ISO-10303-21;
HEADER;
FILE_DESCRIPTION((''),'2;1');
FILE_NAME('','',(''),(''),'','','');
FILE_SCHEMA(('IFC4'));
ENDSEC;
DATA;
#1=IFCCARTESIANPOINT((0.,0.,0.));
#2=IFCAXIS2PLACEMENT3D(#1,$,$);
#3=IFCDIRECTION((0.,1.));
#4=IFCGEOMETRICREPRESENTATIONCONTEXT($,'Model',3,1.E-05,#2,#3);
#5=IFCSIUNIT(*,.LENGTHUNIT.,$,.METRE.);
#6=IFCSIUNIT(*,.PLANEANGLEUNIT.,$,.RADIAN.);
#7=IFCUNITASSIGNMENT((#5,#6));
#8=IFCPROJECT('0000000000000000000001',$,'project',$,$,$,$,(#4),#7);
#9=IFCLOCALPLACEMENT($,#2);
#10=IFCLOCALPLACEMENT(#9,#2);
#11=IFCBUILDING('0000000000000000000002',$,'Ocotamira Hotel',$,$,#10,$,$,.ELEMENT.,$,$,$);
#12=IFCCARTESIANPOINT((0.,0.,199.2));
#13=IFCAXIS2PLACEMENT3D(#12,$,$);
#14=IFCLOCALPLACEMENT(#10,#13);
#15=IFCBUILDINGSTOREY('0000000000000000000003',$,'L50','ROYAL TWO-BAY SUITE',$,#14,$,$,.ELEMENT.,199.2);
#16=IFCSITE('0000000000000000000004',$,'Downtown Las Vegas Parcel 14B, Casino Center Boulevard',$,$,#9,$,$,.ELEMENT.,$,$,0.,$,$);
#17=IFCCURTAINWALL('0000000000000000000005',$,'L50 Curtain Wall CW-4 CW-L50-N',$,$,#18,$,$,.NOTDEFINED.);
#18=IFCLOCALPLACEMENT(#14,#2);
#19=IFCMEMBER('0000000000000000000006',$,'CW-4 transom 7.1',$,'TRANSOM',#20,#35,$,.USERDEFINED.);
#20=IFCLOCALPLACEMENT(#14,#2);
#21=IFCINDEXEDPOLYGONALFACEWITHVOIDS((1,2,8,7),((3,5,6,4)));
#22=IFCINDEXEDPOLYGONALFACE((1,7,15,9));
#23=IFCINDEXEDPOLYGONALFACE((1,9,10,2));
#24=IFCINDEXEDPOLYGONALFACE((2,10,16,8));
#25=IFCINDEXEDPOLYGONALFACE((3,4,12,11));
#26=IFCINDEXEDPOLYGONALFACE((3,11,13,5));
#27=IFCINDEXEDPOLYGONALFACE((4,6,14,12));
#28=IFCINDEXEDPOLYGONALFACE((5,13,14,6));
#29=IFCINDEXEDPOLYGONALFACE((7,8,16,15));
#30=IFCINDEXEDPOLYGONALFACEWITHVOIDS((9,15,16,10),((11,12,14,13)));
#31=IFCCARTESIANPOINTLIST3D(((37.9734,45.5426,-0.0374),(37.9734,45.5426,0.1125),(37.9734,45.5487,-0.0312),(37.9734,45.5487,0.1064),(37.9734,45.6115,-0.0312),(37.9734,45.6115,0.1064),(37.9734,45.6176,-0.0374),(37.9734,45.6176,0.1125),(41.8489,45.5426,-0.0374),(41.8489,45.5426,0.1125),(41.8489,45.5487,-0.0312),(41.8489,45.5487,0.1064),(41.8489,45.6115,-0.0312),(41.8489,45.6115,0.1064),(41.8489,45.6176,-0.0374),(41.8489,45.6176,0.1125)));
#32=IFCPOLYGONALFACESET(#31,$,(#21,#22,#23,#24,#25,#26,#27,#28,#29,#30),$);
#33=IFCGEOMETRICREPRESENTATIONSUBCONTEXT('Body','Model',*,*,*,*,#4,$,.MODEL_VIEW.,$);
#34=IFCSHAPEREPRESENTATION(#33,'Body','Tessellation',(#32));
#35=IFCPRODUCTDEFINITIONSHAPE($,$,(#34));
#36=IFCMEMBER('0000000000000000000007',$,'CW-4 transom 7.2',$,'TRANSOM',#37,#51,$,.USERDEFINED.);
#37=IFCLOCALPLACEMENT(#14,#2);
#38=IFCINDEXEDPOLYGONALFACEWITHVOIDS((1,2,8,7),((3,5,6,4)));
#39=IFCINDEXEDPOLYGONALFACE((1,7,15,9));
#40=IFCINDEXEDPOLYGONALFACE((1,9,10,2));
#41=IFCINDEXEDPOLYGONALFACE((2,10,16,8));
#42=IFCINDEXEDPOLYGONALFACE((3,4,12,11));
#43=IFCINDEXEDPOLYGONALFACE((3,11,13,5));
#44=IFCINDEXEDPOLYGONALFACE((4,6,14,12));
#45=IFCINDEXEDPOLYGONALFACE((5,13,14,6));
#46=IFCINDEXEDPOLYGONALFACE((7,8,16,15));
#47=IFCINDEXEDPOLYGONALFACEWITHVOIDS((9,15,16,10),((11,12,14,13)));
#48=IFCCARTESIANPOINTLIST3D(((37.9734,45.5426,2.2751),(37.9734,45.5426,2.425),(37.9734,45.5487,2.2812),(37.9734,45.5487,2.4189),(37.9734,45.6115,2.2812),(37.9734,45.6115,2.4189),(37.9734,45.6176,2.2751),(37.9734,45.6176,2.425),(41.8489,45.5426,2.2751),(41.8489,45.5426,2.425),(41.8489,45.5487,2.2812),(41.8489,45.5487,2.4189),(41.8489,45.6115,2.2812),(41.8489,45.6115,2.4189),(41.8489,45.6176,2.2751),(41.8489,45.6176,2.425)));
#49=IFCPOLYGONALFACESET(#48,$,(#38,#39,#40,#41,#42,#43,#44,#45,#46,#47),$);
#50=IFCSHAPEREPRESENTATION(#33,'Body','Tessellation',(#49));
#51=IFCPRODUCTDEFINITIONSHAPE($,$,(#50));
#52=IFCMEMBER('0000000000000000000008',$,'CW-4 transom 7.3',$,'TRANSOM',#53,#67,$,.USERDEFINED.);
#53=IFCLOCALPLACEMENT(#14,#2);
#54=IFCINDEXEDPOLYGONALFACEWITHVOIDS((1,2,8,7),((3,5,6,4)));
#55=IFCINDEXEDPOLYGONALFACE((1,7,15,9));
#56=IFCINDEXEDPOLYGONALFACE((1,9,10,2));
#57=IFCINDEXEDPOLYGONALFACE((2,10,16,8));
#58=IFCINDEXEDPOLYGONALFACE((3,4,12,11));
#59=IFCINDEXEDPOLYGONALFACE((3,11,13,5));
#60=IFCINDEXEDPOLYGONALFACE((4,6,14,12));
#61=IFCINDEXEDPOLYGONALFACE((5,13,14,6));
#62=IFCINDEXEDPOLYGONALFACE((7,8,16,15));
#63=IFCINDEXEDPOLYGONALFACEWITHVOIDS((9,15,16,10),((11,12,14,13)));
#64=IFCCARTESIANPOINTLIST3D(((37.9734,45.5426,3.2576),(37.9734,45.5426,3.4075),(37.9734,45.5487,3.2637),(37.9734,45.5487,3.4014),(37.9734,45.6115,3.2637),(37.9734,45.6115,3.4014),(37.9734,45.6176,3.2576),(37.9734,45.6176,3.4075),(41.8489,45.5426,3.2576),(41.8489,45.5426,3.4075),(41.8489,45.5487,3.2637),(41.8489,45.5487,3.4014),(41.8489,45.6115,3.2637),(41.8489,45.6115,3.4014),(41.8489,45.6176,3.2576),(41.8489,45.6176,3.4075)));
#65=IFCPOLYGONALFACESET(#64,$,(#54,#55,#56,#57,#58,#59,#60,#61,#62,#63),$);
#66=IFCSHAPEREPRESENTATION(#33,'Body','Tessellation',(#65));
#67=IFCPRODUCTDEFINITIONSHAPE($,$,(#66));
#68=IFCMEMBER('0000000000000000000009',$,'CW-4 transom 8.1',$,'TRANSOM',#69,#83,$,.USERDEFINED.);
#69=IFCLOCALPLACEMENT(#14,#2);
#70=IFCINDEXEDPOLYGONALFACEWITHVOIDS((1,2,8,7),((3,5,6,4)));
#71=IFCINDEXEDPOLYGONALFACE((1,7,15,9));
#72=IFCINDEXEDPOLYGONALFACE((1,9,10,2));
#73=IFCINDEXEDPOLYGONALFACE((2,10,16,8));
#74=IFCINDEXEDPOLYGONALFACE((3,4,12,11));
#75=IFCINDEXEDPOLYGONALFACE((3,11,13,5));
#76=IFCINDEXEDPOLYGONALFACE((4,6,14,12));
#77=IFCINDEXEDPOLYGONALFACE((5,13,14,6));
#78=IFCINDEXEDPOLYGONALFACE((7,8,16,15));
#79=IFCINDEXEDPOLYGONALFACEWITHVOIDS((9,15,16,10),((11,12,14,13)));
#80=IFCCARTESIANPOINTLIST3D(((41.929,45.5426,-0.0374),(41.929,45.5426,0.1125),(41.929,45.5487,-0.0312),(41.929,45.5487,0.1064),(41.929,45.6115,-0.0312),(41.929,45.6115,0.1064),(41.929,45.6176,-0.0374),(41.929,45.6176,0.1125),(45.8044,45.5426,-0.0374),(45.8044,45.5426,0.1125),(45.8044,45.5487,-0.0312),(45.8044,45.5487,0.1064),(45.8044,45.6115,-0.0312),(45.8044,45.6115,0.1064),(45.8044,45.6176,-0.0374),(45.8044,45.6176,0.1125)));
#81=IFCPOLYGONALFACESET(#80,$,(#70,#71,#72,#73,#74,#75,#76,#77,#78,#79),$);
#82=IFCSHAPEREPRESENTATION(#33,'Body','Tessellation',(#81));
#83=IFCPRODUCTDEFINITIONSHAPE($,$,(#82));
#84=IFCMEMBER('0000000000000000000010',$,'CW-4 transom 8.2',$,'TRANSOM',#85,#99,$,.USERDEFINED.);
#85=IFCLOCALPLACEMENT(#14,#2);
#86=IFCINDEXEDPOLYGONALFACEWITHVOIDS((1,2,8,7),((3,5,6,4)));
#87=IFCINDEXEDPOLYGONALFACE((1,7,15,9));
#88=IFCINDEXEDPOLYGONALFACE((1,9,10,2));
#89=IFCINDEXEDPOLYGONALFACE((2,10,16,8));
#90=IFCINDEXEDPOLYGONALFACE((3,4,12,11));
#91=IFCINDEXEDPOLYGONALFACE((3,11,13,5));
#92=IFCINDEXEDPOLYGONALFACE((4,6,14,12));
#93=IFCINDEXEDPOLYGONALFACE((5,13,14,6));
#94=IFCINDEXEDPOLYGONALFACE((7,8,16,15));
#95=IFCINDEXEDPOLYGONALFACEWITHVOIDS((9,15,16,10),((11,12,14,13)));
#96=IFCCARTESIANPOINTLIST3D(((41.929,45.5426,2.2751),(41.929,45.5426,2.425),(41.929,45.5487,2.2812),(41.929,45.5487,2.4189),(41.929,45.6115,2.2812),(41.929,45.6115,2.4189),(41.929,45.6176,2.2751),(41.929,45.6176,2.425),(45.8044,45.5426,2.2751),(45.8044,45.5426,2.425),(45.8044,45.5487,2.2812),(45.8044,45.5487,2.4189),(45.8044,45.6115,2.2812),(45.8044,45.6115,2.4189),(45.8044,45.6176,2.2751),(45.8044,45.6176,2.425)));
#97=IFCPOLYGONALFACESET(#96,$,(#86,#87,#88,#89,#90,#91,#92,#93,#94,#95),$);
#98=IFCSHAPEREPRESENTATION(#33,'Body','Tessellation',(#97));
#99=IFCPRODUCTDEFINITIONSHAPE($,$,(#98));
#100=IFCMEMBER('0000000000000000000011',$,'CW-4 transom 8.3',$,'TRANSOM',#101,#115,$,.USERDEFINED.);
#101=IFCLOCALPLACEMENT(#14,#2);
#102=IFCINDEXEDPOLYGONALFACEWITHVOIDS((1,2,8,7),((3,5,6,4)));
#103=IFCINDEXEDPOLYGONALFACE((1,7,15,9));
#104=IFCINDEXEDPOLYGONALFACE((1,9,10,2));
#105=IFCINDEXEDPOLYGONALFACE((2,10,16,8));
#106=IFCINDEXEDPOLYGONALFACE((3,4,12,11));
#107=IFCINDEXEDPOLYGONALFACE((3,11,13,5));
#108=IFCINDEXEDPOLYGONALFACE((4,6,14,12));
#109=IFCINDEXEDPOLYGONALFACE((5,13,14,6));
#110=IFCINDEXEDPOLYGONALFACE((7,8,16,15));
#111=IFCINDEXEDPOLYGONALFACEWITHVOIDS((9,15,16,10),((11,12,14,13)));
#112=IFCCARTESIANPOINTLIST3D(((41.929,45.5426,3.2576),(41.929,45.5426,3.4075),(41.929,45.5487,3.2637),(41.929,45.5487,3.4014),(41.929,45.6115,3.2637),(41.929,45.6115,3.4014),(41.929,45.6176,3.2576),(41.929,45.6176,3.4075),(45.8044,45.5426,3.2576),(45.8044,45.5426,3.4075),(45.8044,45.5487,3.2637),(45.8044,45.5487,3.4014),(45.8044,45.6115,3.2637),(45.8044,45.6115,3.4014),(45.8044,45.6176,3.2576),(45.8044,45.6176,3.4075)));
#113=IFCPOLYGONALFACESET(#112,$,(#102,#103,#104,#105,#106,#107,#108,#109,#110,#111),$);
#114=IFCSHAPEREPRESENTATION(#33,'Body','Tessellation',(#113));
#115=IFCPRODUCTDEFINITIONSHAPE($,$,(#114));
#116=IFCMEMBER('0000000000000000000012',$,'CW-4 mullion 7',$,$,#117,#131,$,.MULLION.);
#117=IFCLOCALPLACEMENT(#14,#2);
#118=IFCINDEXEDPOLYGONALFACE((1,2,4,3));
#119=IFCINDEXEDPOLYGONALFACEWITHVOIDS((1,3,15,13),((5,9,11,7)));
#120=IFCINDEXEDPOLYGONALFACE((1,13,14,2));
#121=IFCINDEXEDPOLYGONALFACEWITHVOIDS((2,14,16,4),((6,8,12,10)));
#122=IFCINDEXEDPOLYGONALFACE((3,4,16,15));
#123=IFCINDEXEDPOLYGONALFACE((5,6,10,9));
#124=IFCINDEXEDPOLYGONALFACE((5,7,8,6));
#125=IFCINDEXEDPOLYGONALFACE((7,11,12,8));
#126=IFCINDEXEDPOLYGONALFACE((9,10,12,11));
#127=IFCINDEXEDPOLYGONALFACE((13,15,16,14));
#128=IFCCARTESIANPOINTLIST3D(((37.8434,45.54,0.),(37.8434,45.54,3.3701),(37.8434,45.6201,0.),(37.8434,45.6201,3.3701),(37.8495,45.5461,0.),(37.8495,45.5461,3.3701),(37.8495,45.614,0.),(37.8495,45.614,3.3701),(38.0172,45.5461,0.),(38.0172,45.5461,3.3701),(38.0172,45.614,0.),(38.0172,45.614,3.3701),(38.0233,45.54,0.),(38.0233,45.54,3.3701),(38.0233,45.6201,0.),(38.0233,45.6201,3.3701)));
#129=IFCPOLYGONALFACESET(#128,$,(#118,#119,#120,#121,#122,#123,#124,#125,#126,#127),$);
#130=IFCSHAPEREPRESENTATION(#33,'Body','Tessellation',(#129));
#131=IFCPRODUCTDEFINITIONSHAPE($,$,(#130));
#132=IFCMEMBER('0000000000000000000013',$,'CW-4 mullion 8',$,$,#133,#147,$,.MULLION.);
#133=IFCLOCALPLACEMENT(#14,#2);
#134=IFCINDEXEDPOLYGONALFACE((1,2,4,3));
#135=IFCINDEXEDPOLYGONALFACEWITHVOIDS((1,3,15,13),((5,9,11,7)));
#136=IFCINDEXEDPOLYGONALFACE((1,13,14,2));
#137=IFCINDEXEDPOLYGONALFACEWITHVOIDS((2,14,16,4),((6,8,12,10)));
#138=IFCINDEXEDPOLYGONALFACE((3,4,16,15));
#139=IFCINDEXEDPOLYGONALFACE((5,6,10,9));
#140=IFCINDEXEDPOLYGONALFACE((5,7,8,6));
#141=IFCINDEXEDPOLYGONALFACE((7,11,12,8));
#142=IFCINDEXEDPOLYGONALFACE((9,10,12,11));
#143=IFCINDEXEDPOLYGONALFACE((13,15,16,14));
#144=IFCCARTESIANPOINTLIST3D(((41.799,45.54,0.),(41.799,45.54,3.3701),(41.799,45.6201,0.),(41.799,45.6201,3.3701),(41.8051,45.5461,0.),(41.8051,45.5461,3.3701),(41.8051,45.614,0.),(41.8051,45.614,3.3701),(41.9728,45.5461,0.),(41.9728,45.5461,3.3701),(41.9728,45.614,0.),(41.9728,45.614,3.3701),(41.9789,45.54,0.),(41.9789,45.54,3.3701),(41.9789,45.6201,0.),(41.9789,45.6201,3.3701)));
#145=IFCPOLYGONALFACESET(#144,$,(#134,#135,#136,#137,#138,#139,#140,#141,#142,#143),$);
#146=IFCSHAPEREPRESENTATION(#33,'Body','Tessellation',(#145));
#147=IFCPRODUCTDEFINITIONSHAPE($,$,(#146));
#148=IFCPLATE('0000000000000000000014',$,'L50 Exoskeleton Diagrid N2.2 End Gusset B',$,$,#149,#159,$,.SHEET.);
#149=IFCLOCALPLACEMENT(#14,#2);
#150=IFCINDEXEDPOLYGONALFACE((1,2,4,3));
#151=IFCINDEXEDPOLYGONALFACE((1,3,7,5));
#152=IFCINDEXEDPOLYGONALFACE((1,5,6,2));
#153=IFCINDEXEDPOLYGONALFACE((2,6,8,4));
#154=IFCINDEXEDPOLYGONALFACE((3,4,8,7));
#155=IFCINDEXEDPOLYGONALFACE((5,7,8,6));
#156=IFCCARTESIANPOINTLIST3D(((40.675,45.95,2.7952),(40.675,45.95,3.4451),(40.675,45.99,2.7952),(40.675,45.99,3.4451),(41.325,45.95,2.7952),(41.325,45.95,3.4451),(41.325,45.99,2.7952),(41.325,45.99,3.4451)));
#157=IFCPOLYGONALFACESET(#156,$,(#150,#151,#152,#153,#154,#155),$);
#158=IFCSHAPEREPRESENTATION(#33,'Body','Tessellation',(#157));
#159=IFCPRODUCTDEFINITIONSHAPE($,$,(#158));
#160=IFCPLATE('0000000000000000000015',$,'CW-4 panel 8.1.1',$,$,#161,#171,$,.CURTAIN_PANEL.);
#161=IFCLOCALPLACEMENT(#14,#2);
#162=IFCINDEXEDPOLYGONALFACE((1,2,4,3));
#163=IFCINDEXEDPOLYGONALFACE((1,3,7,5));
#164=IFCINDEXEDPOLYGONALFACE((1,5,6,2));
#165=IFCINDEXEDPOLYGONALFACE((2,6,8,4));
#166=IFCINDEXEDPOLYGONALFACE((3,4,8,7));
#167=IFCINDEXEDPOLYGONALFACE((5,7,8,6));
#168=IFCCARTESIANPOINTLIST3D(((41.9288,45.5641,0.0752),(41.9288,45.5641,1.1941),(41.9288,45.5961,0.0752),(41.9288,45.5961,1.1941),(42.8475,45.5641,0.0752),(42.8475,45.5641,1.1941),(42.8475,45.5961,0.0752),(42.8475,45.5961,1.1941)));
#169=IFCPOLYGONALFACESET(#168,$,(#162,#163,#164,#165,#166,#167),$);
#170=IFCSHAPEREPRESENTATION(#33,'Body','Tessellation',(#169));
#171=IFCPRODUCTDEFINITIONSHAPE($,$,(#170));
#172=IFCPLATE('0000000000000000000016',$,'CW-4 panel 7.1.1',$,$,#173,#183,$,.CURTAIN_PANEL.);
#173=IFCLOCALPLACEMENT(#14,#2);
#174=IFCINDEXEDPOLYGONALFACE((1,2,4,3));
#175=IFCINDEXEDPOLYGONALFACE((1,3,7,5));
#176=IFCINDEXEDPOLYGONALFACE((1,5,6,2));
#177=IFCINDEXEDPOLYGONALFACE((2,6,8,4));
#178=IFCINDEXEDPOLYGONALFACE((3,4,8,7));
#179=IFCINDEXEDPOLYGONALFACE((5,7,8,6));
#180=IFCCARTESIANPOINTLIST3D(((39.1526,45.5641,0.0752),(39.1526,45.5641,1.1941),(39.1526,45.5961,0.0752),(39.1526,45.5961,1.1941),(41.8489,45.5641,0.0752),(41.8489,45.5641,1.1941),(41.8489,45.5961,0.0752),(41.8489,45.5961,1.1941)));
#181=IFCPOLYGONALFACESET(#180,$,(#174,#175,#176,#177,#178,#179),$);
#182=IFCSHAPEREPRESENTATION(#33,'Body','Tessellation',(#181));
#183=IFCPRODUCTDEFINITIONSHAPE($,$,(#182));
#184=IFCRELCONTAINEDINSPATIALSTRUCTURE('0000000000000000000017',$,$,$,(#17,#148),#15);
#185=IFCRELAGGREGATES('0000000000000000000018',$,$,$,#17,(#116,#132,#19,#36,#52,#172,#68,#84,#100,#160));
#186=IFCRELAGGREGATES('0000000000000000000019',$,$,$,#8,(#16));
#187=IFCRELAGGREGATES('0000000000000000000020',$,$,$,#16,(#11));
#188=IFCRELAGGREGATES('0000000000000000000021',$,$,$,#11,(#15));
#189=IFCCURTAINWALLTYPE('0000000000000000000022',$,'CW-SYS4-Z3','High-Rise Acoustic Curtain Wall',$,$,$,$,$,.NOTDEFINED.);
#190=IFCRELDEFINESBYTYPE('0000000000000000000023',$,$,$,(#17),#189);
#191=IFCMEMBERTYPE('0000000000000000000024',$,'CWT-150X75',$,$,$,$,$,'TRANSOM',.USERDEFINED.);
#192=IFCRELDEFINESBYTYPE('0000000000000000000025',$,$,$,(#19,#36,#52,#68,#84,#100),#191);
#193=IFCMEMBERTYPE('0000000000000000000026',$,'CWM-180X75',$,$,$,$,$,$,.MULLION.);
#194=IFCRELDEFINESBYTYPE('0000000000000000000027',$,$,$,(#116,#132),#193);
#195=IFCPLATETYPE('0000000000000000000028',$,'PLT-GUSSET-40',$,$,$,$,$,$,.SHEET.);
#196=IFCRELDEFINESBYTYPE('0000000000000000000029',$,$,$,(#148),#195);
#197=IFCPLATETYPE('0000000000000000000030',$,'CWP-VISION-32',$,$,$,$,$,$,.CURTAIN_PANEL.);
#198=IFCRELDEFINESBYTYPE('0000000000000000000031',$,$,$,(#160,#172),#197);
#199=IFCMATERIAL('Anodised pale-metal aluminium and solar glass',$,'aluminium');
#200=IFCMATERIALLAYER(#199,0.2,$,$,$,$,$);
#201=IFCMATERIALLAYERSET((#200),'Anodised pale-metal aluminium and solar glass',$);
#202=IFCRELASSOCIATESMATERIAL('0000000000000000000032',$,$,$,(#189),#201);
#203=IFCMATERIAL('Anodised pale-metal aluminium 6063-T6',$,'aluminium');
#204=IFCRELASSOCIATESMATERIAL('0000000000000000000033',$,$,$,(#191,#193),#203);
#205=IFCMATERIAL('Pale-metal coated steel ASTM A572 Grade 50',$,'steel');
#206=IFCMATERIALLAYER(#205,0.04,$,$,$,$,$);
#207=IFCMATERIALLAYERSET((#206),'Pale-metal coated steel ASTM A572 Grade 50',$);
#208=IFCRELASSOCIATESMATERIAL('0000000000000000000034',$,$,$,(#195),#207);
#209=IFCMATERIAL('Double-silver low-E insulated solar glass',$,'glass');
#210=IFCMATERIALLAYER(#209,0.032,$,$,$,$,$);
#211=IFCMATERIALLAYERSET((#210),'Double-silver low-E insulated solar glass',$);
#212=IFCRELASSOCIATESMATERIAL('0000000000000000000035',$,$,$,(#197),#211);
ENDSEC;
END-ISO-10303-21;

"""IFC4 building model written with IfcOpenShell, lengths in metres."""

from ifc_helpers import new_model, si_unit, direction, frame, origin, origin_2d, place, context, subcontext, project, spatial, rectangle, hollow_rectangle, extrude, source, transform, mapped, material, layer, layer_set, material_profile, profile_set, type_object, element, aggregate, save


model = new_model("IFC4")

# Units and contexts
model_context = context("Model", 3, precision=1e-05, world=origin(), true_north=direction((0.0, 1.0)))
body_context = subcontext(model_context, "Body", "Model", "MODEL_VIEW")
ifc_project = project(units=[si_unit("LENGTHUNIT", "METRE"), si_unit("PLANEANGLEUNIT", "RADIAN")], contexts=[model_context])

# Site, building, storey
site_placement = place(None, origin())
site = spatial("IfcSite", under=ifc_project, at=site_placement, Name="Downtown Las Vegas Parcel 14B, Casino Center Boulevard", CompositionType="ELEMENT", RefElevation=0.0)
building_placement = place(site_placement, origin())
building = spatial("IfcBuilding", under=site, at=building_placement, Name="Ocotamira Hotel", CompositionType="ELEMENT")
storey_placement = place(building_placement, frame((0.0, 0.0, 199.2)))
storey = spatial("IfcBuildingStorey", under=building, at=storey_placement, Name="L50", Description="ROYAL TWO-BAY SUITE", CompositionType="ELEMENT", Elevation=199.2)

# Curtain wall, members
ifc_material_1 = material(Name="Anodised pale-metal aluminium and solar glass", Category="aluminium")
ifc_layer_1 = layer(ifc_material_1, 0.2)
ifc_layer_set_1 = layer_set([ifc_layer_1], Name="Anodised pale-metal aluminium and solar glass")
curtain_wall_type = type_object("IfcCurtainWallType", Name="CW-SYS4-Z3", Description="High-Rise Acoustic Curtain Wall", PredefinedType="NOTDEFINED", material=ifc_layer_set_1)
curtain_wall_placement = place(storey_placement, origin())
curtain_wall = element("IfcCurtainWall", 1, at=curtain_wall_placement, inside=storey, type_object=curtain_wall_type, Name="L50 Curtain Wall CW-4 CW-L50-N", PredefinedType="NOTDEFINED")
ifc_material_2 = material(Name="Anodised pale-metal aluminium 6063-T6", Category="aluminium")
ifc_material_profile_1 = material_profile(ifc_material_2, hollow_rectangle(XDim=0.075, YDim=0.1499, WallThickness=0.0061, at=origin_2d()), Name="HSS150X75X6")
ifc_profile_set_1 = profile_set([ifc_material_profile_1], Name="Anodised pale-metal aluminium 6063-T6")
member_type_1 = type_object("IfcMemberType", Name="CWT-150X75", ElementType="TRANSOM", PredefinedType="USERDEFINED", material=ifc_profile_set_1)
shared_shape_1 = source(origin(), body_context, "Body", "SweptSolid", [
    extrude(hollow_rectangle(XDim=0.075, YDim=0.1499, WallThickness=0.0061, at=origin_2d()), origin(), (0.0, 0.0, 1.0), 3.8755),
])
member_1_placement = place(storey_placement, frame((37.9734, 45.5801, 0.0376), z_axis=(1.0, 0.0, 0.0), x_axis=(0.0, 1.0, 0.0)))
member_1 = element("IfcMember", 2, at=member_1_placement, type_object=member_type_1, Name="CW-4 transom 7.1", ObjectType="TRANSOM", PredefinedType="USERDEFINED", context=body_context, shape_type="MappedRepresentation", body=[
    mapped(shared_shape_1, transform((0.0, 0.0, 0.0), scale=1.0)),
])
member_2_placement = place(storey_placement, frame((37.9734, 45.5801, 2.3501), z_axis=(1.0, 0.0, 0.0), x_axis=(0.0, 1.0, 0.0)))
member_2 = element("IfcMember", 3, at=member_2_placement, type_object=member_type_1, Name="CW-4 transom 7.2", ObjectType="TRANSOM", PredefinedType="USERDEFINED", context=body_context, shape_type="MappedRepresentation", body=[
    mapped(shared_shape_1, transform((0.0, 0.0, 0.0), scale=1.0)),
])
member_3_placement = place(storey_placement, frame((37.9734, 45.5801, 3.3325), z_axis=(1.0, 0.0, 0.0), x_axis=(0.0, 1.0, 0.0)))
member_3 = element("IfcMember", 4, at=member_3_placement, type_object=member_type_1, Name="CW-4 transom 7.3", ObjectType="TRANSOM", PredefinedType="USERDEFINED", context=body_context, shape_type="MappedRepresentation", body=[
    mapped(shared_shape_1, transform((0.0, 0.0, 0.0), scale=1.0)),
])
member_4_placement = place(storey_placement, frame((41.929, 45.5801, 0.0376), z_axis=(1.0, 0.0, 0.0), x_axis=(0.0, 1.0, 0.0)))
member_4 = element("IfcMember", 5, at=member_4_placement, type_object=member_type_1, Name="CW-4 transom 8.1", ObjectType="TRANSOM", PredefinedType="USERDEFINED", context=body_context, shape_type="MappedRepresentation", body=[
    mapped(shared_shape_1, transform((0.0, 0.0, 0.0), scale=1.0)),
])
member_5_placement = place(storey_placement, frame((41.929, 45.5801, 2.3501), z_axis=(1.0, 0.0, 0.0), x_axis=(0.0, 1.0, 0.0)))
member_5 = element("IfcMember", 6, at=member_5_placement, type_object=member_type_1, Name="CW-4 transom 8.2", ObjectType="TRANSOM", PredefinedType="USERDEFINED", context=body_context, shape_type="MappedRepresentation", body=[
    mapped(shared_shape_1, transform((0.0, 0.0, 0.0), scale=1.0)),
])
member_6_placement = place(storey_placement, frame((41.929, 45.5801, 3.3325), z_axis=(1.0, 0.0, 0.0), x_axis=(0.0, 1.0, 0.0)))
member_6 = element("IfcMember", 7, at=member_6_placement, type_object=member_type_1, Name="CW-4 transom 8.3", ObjectType="TRANSOM", PredefinedType="USERDEFINED", context=body_context, shape_type="MappedRepresentation", body=[
    mapped(shared_shape_1, transform((0.0, 0.0, 0.0), scale=1.0)),
])
ifc_material_profile_2 = material_profile(ifc_material_2, hollow_rectangle(XDim=0.0801, YDim=0.1799, WallThickness=0.0061, at=origin_2d()), Name="HSS180X80X6")
ifc_profile_set_2 = profile_set([ifc_material_profile_2], Name="Anodised pale-metal aluminium 6063-T6")
member_type_2 = type_object("IfcMemberType", Name="CWM-180X75", PredefinedType="MULLION", material=ifc_profile_set_2)
shared_shape_2 = source(origin(), body_context, "Body", "SweptSolid", [
    extrude(hollow_rectangle(XDim=0.0801, YDim=0.1799, WallThickness=0.0061, at=origin_2d()), origin(), (0.0, 0.0, 1.0), 3.3701),
])
member_7_placement = place(storey_placement, frame((37.9333, 45.5801, 0.0), z_axis=(0.0, 0.0, 1.0), x_axis=(0.0, 1.0, 0.0)))
member_7 = element("IfcMember", 8, at=member_7_placement, type_object=member_type_2, Name="CW-4 mullion 7", PredefinedType="MULLION", context=body_context, shape_type="MappedRepresentation", body=[
    mapped(shared_shape_2, transform((0.0, 0.0, 0.0), scale=1.0)),
])
member_8_placement = place(storey_placement, frame((41.8889, 45.5801, 0.0), z_axis=(0.0, 0.0, 1.0), x_axis=(0.0, 1.0, 0.0)))
member_8 = element("IfcMember", 9, at=member_8_placement, type_object=member_type_2, Name="CW-4 mullion 8", PredefinedType="MULLION", context=body_context, shape_type="MappedRepresentation", body=[
    mapped(shared_shape_2, transform((0.0, 0.0, 0.0), scale=1.0)),
])

# Plates
ifc_material_3 = material(Name="Pale-metal coated steel ASTM A572 Grade 50", Category="steel")
ifc_layer_2 = layer(ifc_material_3, 0.04)
ifc_layer_set_2 = layer_set([ifc_layer_2], Name="Pale-metal coated steel ASTM A572 Grade 50")
plate_type_1 = type_object("IfcPlateType", Name="PLT-GUSSET-40", PredefinedType="SHEET", material=ifc_layer_set_2)
shared_shape_3 = source(origin(), body_context, "Body", "SweptSolid", [
    extrude(rectangle(XDim=0.6499, YDim=0.04, at=origin_2d()), origin(), (0.0, 0.0, 1.0), 0.6499),
])
plate_1_placement = place(storey_placement, frame((41.0, 45.97, 2.7952), z_axis=(0.0, 0.0, 1.0), x_axis=(1.0, 0.0, 0.0)))
element("IfcPlate", 10, at=plate_1_placement, inside=storey, type_object=plate_type_1, Name="L50 Exoskeleton Diagrid N2.2 End Gusset B", PredefinedType="SHEET", context=body_context, shape_type="MappedRepresentation", body=[
    mapped(shared_shape_3, transform((0.0, 0.0, 0.0), scale=1.0)),
])
ifc_material_4 = material(Name="Double-silver low-E insulated solar glass", Category="glass")
ifc_layer_3 = layer(ifc_material_4, 0.032)
ifc_layer_set_3 = layer_set([ifc_layer_3], Name="Double-silver low-E insulated solar glass")
plate_type_2 = type_object("IfcPlateType", Name="CWP-VISION-32", PredefinedType="CURTAIN_PANEL", material=ifc_layer_set_3)
shared_shape_4 = source(origin(), body_context, "Body", "SweptSolid", [
    extrude(rectangle(XDim=0.9187, YDim=0.032, at=origin_2d()), origin(), (0.0, 0.0, 1.0), 1.1189),
])
plate_2_placement = place(storey_placement, frame((42.3882, 45.5801, 0.0752), z_axis=(0.0, 0.0, 1.0), x_axis=(1.0, 0.0, 0.0)))
plate_2 = element("IfcPlate", 11, at=plate_2_placement, type_object=plate_type_2, Name="CW-4 panel 8.1.1", PredefinedType="CURTAIN_PANEL", context=body_context, shape_type="MappedRepresentation", body=[
    mapped(shared_shape_4, transform((0.0, 0.0, 0.0), scale=1.0)),
])
shared_shape_5 = source(origin(), body_context, "Body", "SweptSolid", [
    extrude(rectangle(XDim=2.6963, YDim=0.032, at=origin_2d()), origin(), (0.0, 0.0, 1.0), 1.1189),
])
plate_3_placement = place(storey_placement, frame((40.5007, 45.5801, 0.0752), z_axis=(0.0, 0.0, 1.0), x_axis=(1.0, 0.0, 0.0)))
plate_3 = element("IfcPlate", 12, at=plate_3_placement, type_object=plate_type_2, Name="CW-4 panel 7.1.1", PredefinedType="CURTAIN_PANEL", context=body_context, shape_type="MappedRepresentation", body=[
    mapped(shared_shape_5, transform((0.0, 0.0, 0.0), scale=1.0)),
])
aggregate(curtain_wall, [member_7, member_8, member_1, member_2, member_3, plate_3, member_4, member_5, member_6, plate_2])

save(model, "model.ifc")
